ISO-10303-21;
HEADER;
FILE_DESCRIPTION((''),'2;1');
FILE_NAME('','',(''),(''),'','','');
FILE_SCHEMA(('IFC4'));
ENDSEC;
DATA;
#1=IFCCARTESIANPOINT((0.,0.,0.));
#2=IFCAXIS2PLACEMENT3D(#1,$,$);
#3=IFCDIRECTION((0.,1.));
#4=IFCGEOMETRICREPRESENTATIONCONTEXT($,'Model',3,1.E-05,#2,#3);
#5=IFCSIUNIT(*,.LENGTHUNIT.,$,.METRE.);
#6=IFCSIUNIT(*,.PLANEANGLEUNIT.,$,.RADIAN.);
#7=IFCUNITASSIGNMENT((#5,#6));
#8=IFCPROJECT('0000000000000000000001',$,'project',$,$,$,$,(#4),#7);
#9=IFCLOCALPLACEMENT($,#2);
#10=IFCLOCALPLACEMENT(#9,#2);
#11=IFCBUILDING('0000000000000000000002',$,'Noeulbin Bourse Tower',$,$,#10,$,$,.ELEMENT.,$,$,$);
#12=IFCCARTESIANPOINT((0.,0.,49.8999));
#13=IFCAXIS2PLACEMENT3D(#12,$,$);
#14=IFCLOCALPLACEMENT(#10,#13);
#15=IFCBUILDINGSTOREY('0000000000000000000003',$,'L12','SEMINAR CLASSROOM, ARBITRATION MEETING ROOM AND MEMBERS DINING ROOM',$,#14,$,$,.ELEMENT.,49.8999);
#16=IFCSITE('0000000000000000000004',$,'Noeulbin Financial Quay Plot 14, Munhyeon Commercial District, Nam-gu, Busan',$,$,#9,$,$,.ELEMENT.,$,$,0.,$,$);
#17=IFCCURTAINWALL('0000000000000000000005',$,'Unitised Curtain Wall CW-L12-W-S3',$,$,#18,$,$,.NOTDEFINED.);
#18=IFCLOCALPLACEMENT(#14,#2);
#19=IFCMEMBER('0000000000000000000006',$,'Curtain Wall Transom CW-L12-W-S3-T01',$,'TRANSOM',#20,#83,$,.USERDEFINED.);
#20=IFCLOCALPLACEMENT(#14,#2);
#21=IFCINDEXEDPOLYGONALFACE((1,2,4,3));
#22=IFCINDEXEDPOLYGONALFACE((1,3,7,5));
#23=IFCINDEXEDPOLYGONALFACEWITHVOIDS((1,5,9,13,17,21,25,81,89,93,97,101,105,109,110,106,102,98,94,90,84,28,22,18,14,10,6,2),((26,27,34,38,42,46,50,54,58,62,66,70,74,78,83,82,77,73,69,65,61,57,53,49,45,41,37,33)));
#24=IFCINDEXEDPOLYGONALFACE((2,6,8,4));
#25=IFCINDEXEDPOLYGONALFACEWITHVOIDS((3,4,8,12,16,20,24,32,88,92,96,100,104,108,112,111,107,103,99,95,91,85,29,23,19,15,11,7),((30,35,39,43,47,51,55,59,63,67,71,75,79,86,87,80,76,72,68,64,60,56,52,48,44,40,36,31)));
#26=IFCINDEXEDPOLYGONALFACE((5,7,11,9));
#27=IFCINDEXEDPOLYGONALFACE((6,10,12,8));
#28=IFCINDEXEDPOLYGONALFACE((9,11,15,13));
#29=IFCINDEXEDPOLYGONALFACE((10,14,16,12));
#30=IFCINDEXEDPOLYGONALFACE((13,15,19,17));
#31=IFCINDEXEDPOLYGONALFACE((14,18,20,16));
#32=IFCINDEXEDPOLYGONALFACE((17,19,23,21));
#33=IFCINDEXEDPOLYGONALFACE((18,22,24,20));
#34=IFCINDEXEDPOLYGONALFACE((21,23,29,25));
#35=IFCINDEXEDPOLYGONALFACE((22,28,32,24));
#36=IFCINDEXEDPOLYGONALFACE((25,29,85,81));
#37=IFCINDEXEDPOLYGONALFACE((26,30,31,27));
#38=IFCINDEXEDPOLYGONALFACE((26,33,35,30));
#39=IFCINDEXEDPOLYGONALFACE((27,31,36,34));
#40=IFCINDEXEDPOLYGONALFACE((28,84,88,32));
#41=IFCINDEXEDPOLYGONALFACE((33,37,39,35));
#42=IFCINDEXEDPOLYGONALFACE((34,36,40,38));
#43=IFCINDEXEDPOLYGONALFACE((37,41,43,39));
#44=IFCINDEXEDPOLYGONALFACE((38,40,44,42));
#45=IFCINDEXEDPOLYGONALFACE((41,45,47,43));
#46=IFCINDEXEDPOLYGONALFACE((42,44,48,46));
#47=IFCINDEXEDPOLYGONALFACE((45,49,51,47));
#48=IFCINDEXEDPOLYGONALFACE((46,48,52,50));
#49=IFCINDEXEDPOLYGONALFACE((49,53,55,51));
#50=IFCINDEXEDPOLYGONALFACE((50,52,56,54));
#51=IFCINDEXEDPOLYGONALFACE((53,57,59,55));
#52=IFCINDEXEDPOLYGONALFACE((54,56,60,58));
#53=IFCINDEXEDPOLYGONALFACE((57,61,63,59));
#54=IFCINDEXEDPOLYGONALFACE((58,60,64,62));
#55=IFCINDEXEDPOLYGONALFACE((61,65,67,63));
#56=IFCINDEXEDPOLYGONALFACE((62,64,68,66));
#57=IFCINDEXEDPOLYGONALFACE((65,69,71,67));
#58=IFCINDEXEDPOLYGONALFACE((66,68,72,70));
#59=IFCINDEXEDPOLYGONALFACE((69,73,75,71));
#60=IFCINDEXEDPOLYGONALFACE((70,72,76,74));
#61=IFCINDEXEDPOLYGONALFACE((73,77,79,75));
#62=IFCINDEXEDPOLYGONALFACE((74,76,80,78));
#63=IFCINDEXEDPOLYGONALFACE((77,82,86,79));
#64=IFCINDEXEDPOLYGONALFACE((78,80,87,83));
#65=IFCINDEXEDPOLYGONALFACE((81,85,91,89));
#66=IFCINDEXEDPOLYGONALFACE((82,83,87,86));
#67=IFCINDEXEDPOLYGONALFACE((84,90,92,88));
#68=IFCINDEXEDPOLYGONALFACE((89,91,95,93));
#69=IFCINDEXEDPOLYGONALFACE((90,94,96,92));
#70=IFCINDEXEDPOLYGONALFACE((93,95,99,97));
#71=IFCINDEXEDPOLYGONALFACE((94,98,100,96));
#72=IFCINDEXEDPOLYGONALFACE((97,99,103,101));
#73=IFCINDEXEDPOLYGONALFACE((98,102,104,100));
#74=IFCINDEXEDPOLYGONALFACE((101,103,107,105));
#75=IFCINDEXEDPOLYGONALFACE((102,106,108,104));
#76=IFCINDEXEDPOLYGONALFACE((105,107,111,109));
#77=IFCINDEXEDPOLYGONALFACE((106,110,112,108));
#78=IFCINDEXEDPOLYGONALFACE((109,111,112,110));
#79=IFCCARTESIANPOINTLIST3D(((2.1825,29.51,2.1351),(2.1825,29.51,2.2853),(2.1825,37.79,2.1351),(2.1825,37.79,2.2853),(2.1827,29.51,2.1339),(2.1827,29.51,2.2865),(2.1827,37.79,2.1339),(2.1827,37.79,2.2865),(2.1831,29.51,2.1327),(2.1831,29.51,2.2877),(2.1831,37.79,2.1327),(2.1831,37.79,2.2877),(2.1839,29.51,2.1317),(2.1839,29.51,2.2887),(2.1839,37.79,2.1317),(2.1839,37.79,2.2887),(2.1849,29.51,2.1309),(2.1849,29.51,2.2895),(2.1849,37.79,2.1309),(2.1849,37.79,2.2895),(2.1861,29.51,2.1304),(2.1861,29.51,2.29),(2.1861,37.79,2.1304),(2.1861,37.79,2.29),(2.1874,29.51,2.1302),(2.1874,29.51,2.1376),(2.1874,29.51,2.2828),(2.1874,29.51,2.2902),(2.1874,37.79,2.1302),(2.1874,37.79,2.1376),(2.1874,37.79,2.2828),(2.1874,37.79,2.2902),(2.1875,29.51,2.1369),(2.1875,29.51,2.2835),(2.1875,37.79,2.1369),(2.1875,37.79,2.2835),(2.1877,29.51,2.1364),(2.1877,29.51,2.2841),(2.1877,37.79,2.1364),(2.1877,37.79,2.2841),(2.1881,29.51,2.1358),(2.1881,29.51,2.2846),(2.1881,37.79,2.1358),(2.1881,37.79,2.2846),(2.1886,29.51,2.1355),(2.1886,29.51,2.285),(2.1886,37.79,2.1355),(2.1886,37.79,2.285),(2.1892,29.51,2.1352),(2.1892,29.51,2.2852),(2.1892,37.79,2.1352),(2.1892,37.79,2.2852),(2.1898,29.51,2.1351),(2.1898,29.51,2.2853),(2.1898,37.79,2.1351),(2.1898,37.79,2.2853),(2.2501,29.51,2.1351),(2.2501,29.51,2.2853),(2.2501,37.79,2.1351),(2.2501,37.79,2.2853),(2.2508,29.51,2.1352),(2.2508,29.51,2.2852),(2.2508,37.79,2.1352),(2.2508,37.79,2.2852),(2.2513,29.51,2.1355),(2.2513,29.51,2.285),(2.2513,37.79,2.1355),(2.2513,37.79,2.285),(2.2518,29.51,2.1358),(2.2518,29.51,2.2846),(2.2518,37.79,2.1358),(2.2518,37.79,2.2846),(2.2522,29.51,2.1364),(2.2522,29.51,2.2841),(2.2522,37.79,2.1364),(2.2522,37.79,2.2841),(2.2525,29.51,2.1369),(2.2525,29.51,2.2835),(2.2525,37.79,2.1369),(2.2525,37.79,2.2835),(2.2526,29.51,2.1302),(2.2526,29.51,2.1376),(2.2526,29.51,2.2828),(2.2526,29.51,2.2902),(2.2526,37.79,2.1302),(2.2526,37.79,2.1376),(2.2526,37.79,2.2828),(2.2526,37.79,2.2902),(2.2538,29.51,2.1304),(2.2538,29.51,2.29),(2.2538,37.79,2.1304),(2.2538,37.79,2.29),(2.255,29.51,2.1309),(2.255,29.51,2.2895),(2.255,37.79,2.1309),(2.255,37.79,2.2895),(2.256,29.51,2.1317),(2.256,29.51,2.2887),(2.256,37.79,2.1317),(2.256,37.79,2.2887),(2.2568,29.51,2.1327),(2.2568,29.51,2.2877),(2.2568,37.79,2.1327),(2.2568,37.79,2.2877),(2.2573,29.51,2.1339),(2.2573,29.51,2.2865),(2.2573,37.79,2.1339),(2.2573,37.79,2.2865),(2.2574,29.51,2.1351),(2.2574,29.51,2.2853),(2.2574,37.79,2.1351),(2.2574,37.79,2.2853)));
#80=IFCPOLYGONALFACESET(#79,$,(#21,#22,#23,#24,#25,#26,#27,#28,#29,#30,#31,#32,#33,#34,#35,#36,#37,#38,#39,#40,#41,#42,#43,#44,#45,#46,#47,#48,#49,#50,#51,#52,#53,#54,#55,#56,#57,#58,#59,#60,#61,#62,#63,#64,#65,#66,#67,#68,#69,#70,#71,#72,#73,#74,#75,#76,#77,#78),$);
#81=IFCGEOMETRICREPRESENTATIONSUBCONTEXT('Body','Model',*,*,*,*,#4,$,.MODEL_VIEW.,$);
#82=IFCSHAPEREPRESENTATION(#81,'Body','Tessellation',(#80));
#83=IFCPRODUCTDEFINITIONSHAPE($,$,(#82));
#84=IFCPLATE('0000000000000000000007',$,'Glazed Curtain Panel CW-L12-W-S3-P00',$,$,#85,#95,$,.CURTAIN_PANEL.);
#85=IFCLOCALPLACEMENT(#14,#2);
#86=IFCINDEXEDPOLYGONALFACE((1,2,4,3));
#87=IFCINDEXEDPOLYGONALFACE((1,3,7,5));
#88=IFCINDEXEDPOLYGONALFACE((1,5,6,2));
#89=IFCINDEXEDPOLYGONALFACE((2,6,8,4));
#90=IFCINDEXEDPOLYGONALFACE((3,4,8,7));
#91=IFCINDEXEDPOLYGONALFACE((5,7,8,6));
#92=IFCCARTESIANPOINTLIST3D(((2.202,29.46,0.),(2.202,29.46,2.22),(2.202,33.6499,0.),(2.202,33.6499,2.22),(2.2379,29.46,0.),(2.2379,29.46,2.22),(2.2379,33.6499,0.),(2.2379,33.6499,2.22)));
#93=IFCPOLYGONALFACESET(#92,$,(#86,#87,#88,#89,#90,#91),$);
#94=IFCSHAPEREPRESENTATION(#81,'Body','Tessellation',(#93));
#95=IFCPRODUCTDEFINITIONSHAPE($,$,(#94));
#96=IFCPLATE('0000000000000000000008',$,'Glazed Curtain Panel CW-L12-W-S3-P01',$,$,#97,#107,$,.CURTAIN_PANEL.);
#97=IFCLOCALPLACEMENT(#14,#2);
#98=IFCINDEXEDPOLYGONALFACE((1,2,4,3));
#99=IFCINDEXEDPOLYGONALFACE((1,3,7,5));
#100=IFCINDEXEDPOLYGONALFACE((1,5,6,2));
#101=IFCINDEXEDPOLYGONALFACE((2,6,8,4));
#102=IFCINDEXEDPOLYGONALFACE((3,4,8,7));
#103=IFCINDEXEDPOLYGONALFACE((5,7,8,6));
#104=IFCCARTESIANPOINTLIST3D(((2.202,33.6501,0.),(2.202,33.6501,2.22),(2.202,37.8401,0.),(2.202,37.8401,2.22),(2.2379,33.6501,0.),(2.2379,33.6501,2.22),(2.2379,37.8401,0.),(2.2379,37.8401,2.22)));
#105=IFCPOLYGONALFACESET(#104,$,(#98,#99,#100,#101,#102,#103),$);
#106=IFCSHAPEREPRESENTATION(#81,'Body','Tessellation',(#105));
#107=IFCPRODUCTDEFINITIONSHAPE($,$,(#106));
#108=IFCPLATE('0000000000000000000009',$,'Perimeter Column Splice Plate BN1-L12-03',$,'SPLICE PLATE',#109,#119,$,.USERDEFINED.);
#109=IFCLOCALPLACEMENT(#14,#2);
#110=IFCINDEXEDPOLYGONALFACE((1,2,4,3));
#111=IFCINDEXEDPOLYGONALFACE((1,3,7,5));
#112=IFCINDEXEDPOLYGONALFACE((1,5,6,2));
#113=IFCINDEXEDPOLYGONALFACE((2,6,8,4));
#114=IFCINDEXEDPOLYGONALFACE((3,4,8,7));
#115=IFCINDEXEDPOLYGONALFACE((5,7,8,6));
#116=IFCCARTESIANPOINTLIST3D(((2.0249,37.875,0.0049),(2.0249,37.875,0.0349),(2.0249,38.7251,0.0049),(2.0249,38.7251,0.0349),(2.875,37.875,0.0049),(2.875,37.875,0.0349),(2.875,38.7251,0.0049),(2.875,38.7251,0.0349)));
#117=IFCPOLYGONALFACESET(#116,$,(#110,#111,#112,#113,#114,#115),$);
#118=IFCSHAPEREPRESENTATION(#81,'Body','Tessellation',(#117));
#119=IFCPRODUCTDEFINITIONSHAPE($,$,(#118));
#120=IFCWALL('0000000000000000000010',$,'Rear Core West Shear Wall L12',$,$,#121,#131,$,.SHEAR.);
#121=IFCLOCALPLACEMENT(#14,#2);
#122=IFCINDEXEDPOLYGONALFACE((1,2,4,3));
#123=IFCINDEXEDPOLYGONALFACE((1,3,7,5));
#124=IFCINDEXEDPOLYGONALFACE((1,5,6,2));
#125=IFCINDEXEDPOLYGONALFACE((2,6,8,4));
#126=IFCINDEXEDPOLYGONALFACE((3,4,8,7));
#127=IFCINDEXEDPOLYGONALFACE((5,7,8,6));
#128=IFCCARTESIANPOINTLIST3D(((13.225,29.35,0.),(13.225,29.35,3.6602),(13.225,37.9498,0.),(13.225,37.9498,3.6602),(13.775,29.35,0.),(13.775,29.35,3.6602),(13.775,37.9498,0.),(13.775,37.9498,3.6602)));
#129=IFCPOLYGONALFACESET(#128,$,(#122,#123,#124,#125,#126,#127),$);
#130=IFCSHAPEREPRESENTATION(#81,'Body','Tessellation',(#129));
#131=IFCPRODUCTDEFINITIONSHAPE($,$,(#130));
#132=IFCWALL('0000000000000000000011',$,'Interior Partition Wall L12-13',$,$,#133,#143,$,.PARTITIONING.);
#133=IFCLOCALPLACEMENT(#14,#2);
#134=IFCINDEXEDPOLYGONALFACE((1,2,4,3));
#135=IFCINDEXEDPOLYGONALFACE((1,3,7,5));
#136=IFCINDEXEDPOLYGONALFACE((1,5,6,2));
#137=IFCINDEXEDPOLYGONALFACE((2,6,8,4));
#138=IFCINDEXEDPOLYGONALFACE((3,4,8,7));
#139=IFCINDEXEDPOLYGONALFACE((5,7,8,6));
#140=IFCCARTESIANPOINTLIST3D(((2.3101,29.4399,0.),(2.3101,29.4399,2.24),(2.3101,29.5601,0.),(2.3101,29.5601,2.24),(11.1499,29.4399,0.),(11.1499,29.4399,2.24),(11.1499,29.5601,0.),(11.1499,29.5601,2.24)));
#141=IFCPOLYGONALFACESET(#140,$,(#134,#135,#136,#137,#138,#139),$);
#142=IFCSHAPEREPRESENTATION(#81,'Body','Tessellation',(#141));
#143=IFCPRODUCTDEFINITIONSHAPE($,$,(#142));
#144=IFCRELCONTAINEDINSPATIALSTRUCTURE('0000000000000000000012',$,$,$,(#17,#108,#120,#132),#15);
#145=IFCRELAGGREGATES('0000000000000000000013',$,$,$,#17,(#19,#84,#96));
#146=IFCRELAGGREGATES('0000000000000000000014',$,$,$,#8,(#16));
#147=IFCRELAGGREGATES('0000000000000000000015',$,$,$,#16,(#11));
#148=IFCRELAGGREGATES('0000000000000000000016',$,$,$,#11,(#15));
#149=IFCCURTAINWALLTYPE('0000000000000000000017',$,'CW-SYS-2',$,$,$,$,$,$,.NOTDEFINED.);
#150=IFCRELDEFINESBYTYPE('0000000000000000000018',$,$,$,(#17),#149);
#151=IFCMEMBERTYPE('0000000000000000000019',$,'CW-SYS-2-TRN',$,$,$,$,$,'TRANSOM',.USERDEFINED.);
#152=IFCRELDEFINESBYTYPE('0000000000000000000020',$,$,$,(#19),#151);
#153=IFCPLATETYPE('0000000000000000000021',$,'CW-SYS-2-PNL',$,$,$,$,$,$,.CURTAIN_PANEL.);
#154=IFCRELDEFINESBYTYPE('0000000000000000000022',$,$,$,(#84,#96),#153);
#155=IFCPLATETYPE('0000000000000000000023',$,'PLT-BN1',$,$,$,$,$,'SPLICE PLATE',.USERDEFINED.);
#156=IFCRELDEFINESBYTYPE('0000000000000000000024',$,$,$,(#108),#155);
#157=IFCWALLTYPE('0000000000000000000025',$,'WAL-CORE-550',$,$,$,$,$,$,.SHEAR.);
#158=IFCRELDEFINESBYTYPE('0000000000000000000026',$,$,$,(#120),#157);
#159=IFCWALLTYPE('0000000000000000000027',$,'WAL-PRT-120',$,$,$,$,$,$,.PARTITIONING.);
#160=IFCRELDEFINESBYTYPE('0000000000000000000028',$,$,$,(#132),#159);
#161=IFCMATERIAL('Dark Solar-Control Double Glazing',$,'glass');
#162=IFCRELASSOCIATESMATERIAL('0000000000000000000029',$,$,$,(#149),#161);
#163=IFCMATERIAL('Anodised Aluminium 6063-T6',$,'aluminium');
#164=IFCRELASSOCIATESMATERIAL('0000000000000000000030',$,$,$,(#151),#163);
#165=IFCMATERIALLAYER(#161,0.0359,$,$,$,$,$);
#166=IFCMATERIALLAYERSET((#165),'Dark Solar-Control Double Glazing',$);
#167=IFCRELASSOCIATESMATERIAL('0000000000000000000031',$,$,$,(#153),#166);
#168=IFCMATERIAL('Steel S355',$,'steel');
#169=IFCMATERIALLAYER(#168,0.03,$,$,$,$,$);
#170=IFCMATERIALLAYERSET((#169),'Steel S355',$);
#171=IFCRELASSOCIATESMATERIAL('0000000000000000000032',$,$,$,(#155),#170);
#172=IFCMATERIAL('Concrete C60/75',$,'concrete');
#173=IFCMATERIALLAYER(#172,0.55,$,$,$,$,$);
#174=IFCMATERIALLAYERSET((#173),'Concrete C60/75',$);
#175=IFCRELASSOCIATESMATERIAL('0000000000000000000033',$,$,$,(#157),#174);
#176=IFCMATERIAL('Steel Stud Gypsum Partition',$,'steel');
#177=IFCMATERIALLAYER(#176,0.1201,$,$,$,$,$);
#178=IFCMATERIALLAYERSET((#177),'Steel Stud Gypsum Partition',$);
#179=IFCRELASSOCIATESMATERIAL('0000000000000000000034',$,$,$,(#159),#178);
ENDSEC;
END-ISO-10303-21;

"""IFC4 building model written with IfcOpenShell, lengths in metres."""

from ifc_helpers import new_model, si_unit, direction, frame, frame_2d, origin, origin_2d, place, context, subcontext, project, spatial, rectangle, hollow_rectangle, extrude, material, layer, layer_set, material_profile, profile_set, type_object, element, aggregate, save


model = new_model("IFC4")

# Units and contexts
model_context = context("Model", 3, precision=1e-05, world=origin(), true_north=direction((0.0, 1.0)))
body_context = subcontext(model_context, "Body", "Model", "MODEL_VIEW")
ifc_project = project(units=[si_unit("LENGTHUNIT", "METRE"), si_unit("PLANEANGLEUNIT", "RADIAN")], contexts=[model_context])

# Site, building, storey
site_placement = place(None, origin())
site = spatial("IfcSite", under=ifc_project, at=site_placement, Name="Noeulbin Financial Quay Plot 14, Munhyeon Commercial District, Nam-gu, Busan", CompositionType="ELEMENT", RefElevation=0.0)
building_placement = place(site_placement, origin())
building = spatial("IfcBuilding", under=site, at=building_placement, Name="Noeulbin Bourse Tower", CompositionType="ELEMENT")
storey_placement = place(building_placement, frame((0.0, 0.0, 49.8999)))
storey = spatial("IfcBuildingStorey", under=building, at=storey_placement, Name="L12", Description="SEMINAR CLASSROOM, ARBITRATION MEETING ROOM AND MEMBERS DINING ROOM", CompositionType="ELEMENT", Elevation=49.8999)

# Shared definitions
ifc_material_1 = material(Name="Steel S355", Category="steel")

# Curtain wall, member, plates
ifc_material_2 = material(Name="Dark Solar-Control Double Glazing", Category="glass")
curtain_wall_type = type_object("IfcCurtainWallType", Name="CW-SYS-2", PredefinedType="NOTDEFINED", material=ifc_material_2)
curtain_wall_placement = place(storey_placement, origin())
curtain_wall = element("IfcCurtainWall", 1, at=curtain_wall_placement, inside=storey, type_object=curtain_wall_type, Name="Unitised Curtain Wall CW-L12-W-S3", PredefinedType="NOTDEFINED")
ifc_material_3 = material(Name="Anodised Aluminium 6063-T6", Category="aluminium")
ifc_material_profile_1 = material_profile(ifc_material_3, hollow_rectangle(XDim=0.075, YDim=0.1599, WallThickness=0.0049, InnerFilletRadius=0.0024, OuterFilletRadius=0.0049, at=origin_2d()), Name="ALU-TRAN-75x160x5", Category="LoadBearing")
ifc_profile_set_1 = profile_set([ifc_material_profile_1], Name="Anodised Aluminium 6063-T6")
member_type_1 = type_object("IfcMemberType", Name="CW-SYS-2-TRN", ElementType="TRANSOM", PredefinedType="USERDEFINED", material=ifc_profile_set_1)
member_1_placement = place(storey_placement, frame((2.22, 29.51, 2.2102), z_axis=(0.0, 1.0, 0.0), x_axis=(-1.0, 0.0, 0.0)))
member_1 = element("IfcMember", 2, at=member_1_placement, type_object=member_type_1, Name="Curtain Wall Transom CW-L12-W-S3-T01", ObjectType="TRANSOM", PredefinedType="USERDEFINED", context=body_context, shape_type="SweptSolid", body=[
    extrude(hollow_rectangle(XDim=0.075, YDim=0.1599, WallThickness=0.0049, InnerFilletRadius=0.0024, OuterFilletRadius=0.0049, at=origin_2d()), origin(), (0.0, 0.0, 1.0), 8.28),
])
ifc_layer_1 = layer(ifc_material_2, 0.0359)
ifc_layer_set_1 = layer_set([ifc_layer_1], Name="Dark Solar-Control Double Glazing")
plate_type_1 = type_object("IfcPlateType", Name="CW-SYS-2-PNL", PredefinedType="CURTAIN_PANEL", material=ifc_layer_set_1)
plate_1_placement = place(storey_placement, frame((2.22, 31.5549, 0.0), z_axis=(0.0, 0.0, 1.0), x_axis=(0.0, 1.0, 0.0)))
plate_1 = element("IfcPlate", 3, at=plate_1_placement, type_object=plate_type_1, Name="Glazed Curtain Panel CW-L12-W-S3-P00", PredefinedType="CURTAIN_PANEL", context=body_context, shape_type="SweptSolid", body=[
    extrude(rectangle(XDim=4.1899, YDim=0.0359, at=origin_2d()), origin(), (0.0, 0.0, 1.0), 2.22),
])
plate_2_placement = place(storey_placement, frame((2.22, 35.7451, 0.0), z_axis=(0.0, 0.0, 1.0), x_axis=(0.0, 1.0, 0.0)))
plate_2 = element("IfcPlate", 4, at=plate_2_placement, type_object=plate_type_1, Name="Glazed Curtain Panel CW-L12-W-S3-P01", PredefinedType="CURTAIN_PANEL", context=body_context, shape_type="SweptSolid", body=[
    extrude(rectangle(XDim=4.1899, YDim=0.0359, at=origin_2d()), origin(), (0.0, 0.0, 1.0), 2.22),
])
aggregate(curtain_wall, [member_1, plate_1, plate_2])

# Plate
ifc_layer_2 = layer(ifc_material_1, 0.03)
ifc_layer_set_2 = layer_set([ifc_layer_2], Name="Steel S355")
plate_type_2 = type_object("IfcPlateType", Name="PLT-BN1", ElementType="SPLICE PLATE", PredefinedType="USERDEFINED", material=ifc_layer_set_2)
plate_3_placement = place(storey_placement, frame((2.45, 38.3, 0.0049), z_axis=(0.0, 0.0, 1.0), x_axis=(1.0, 0.0, 0.0)))
element("IfcPlate", 5, at=plate_3_placement, inside=storey, type_object=plate_type_2, Name="Perimeter Column Splice Plate BN1-L12-03", ObjectType="SPLICE PLATE", PredefinedType="USERDEFINED", context=body_context, shape_type="SweptSolid", body=[
    extrude(rectangle(XDim=0.8501, YDim=0.8501, at=origin_2d()), origin(), (0.0, 0.0, 1.0), 0.03),
])

# Walls
ifc_material_4 = material(Name="Concrete C60/75", Category="concrete")
ifc_layer_3 = layer(ifc_material_4, 0.55)
ifc_layer_set_3 = layer_set([ifc_layer_3], Name="Concrete C60/75")
wall_type_1 = type_object("IfcWallType", Name="WAL-CORE-550", PredefinedType="SHEAR", material=ifc_layer_set_3)
wall_1_placement = place(storey_placement, frame((13.5, 29.3501, 0.0), z_axis=(0.0, 0.0, 1.0), x_axis=(0.0, 1.0, 0.0)))
element("IfcWall", 6, at=wall_1_placement, inside=storey, type_object=wall_type_1, Name="Rear Core West Shear Wall L12", PredefinedType="SHEAR", context=body_context, shape_type="SweptSolid", body=[
    extrude(rectangle(XDim=8.5999, YDim=0.55, at=frame_2d((4.2998, 0.0))), origin(), (0.0, 0.0, 1.0), 3.6602),
])
ifc_material_5 = material(Name="Steel Stud Gypsum Partition", Category="steel")
ifc_layer_4 = layer(ifc_material_5, 0.1201)
ifc_layer_set_4 = layer_set([ifc_layer_4], Name="Steel Stud Gypsum Partition")
wall_type_2 = type_object("IfcWallType", Name="WAL-PRT-120", PredefinedType="PARTITIONING", material=ifc_layer_set_4)
wall_2_placement = place(storey_placement, frame((2.3101, 29.5, 0.0), z_axis=(0.0, 0.0, 1.0), x_axis=(1.0, 0.0, 0.0)))
element("IfcWall", 7, at=wall_2_placement, inside=storey, type_object=wall_type_2, Name="Interior Partition Wall L12-13", PredefinedType="PARTITIONING", context=body_context, shape_type="SweptSolid", body=[
    extrude(rectangle(XDim=8.8398, YDim=0.1201, at=frame_2d((4.4199, 0.0))), origin(), (0.0, 0.0, 1.0), 2.24),
])

save(model, "model.ifc")
